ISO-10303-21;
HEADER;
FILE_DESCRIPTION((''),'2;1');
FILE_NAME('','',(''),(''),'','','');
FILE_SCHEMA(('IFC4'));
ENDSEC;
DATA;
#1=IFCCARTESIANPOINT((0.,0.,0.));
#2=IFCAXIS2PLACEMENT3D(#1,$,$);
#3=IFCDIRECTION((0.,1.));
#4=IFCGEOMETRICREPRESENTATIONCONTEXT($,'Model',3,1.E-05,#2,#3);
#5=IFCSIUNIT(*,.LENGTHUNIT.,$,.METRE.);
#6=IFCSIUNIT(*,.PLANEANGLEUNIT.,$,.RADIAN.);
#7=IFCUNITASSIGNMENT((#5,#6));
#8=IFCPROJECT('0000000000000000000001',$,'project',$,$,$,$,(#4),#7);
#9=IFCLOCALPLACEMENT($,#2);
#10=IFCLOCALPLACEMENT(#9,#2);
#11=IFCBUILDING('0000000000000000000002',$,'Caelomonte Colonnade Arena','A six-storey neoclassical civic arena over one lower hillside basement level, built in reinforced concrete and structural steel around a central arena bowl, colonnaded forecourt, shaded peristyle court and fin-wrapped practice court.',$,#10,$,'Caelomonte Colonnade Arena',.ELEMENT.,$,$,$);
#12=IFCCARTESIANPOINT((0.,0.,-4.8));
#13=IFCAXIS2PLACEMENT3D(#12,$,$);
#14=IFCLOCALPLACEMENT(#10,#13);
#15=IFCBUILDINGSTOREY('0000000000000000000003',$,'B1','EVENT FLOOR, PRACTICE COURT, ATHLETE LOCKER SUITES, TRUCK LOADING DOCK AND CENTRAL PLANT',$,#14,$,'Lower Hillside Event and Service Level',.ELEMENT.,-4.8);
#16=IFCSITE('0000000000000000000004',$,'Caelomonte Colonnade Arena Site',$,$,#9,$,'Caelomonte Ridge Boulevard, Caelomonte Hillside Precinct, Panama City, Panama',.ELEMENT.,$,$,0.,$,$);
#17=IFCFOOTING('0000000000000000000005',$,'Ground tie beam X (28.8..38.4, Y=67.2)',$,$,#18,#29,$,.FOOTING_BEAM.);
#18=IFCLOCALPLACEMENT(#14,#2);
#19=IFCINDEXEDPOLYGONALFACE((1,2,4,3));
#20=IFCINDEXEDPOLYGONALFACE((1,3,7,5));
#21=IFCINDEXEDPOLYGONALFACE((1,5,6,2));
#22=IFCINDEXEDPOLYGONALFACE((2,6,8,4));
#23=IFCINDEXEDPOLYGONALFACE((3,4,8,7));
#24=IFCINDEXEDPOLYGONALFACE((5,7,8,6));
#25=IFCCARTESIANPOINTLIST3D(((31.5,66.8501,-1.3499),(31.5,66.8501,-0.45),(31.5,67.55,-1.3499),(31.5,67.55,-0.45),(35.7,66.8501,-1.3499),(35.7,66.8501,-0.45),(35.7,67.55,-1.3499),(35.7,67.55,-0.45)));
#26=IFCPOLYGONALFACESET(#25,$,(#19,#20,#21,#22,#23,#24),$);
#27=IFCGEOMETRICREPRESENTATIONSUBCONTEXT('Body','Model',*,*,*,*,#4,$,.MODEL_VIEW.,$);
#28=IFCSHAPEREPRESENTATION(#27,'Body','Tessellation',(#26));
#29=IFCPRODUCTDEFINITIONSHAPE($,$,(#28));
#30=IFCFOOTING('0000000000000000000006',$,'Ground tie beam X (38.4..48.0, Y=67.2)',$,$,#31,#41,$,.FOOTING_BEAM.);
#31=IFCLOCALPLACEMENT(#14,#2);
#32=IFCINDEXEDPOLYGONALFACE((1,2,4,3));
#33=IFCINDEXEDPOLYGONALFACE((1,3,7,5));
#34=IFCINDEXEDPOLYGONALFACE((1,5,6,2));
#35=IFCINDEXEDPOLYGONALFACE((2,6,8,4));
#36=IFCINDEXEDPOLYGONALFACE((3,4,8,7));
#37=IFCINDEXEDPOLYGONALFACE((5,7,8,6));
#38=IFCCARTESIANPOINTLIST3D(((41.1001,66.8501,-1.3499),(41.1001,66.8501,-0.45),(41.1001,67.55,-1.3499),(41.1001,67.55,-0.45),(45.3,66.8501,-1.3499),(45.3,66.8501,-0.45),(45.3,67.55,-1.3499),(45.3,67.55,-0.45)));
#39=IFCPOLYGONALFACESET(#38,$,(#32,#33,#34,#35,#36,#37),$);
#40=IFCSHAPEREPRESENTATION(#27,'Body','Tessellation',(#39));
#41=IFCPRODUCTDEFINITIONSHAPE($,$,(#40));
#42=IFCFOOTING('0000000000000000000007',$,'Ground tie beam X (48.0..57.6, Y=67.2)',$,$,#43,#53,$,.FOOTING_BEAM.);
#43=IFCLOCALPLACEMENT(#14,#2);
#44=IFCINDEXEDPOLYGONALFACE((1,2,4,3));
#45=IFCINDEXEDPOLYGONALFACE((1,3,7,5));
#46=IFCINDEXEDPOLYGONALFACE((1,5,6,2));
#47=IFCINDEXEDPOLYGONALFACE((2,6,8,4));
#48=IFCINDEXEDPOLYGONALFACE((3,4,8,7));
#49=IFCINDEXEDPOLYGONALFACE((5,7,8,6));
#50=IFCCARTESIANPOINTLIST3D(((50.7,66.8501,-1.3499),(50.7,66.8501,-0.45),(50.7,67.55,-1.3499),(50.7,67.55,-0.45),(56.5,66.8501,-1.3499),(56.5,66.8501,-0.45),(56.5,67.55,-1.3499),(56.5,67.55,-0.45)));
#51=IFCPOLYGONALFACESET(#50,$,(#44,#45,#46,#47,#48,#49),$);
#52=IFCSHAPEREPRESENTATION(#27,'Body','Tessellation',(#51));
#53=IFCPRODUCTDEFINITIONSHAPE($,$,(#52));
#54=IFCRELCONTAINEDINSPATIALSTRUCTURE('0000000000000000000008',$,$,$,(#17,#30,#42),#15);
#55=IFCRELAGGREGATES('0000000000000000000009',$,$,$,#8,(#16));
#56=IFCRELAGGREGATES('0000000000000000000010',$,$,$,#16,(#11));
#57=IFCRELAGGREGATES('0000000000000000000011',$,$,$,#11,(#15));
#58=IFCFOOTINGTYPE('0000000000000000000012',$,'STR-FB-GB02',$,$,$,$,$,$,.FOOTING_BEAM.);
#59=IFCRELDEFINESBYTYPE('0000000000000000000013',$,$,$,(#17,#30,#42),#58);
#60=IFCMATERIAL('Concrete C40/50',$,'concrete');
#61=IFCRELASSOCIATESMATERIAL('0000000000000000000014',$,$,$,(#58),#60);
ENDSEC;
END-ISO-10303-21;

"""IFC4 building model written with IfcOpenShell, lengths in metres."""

from ifc_helpers import new_model, si_unit, direction, frame, origin, place, context, subcontext, project, spatial, polyline, outline, extrude, material, type_object, element, save


model = new_model("IFC4")

# Units and contexts
model_context = context("Model", 3, precision=1e-05, world=origin(), true_north=direction((0.0, 1.0)))
body_context = subcontext(model_context, "Body", "Model", "MODEL_VIEW")
ifc_project = project(units=[si_unit("LENGTHUNIT", "METRE"), si_unit("PLANEANGLEUNIT", "RADIAN")], contexts=[model_context])

# Site, building, storey
site_placement = place(None, origin())
site = spatial("IfcSite", under=ifc_project, at=site_placement, Name="Caelomonte Colonnade Arena Site", LongName="Caelomonte Ridge Boulevard, Caelomonte Hillside Precinct, Panama City, Panama", CompositionType="ELEMENT", RefElevation=0.0)
building_placement = place(site_placement, origin())
building = spatial("IfcBuilding", under=site, at=building_placement, Name="Caelomonte Colonnade Arena", Description="A six-storey neoclassical civic arena over one lower hillside basement level, built in reinforced concrete and structural steel around a central arena bowl, colonnaded forecourt, shaded peristyle court and fin-wrapped practice court.", LongName="Caelomonte Colonnade Arena", CompositionType="ELEMENT")
storey_placement = place(building_placement, frame((0.0, 0.0, -4.8)))
storey = spatial("IfcBuildingStorey", under=building, at=storey_placement, Name="B1", Description="EVENT FLOOR, PRACTICE COURT, ATHLETE LOCKER SUITES, TRUCK LOADING DOCK AND CENTRAL PLANT", LongName="Lower Hillside Event and Service Level", CompositionType="ELEMENT", Elevation=-4.8)

# Footings
ifc_material = material(Name="Concrete C40/50", Category="concrete")
footing_type = type_object("IfcFootingType", Name="STR-FB-GB02", PredefinedType="FOOTING_BEAM", material=ifc_material)
footing_1_placement = place(storey_placement, frame((0.0, 0.0, -1.3499)))
element("IfcFooting", 1, at=footing_1_placement, inside=storey, type_object=footing_type, Name="Ground tie beam X (28.8..38.4, Y=67.2)", PredefinedType="FOOTING_BEAM", context=body_context, shape_type="SweptSolid", body=[
    extrude(outline(polyline([(31.5, 66.8501), (35.7, 66.8501), (35.7, 67.55), (31.5, 67.55), (31.5, 66.8501)])), origin(), (0.0, 0.0, 1.0), 0.8999),
])
footing_2_placement = place(storey_placement, frame((0.0, 0.0, -1.3499)))
element("IfcFooting", 2, at=footing_2_placement, inside=storey, type_object=footing_type, Name="Ground tie beam X (38.4..48.0, Y=67.2)", PredefinedType="FOOTING_BEAM", context=body_context, shape_type="SweptSolid", body=[
    extrude(outline(polyline([(41.1001, 66.8501), (45.3, 66.8501), (45.3, 67.55), (41.1001, 67.55), (41.1001, 66.8501)])), origin(), (0.0, 0.0, 1.0), 0.8999),
])
footing_3_placement = place(storey_placement, frame((0.0, 0.0, -1.3499)))
element("IfcFooting", 3, at=footing_3_placement, inside=storey, type_object=footing_type, Name="Ground tie beam X (48.0..57.6, Y=67.2)", PredefinedType="FOOTING_BEAM", context=body_context, shape_type="SweptSolid", body=[
    extrude(outline(polyline([(50.7, 66.8501), (56.5, 66.8501), (56.5, 67.55), (50.7, 67.55), (50.7, 66.8501)])), origin(), (0.0, 0.0, 1.0), 0.8999),
])

save(model, "model.ifc")
